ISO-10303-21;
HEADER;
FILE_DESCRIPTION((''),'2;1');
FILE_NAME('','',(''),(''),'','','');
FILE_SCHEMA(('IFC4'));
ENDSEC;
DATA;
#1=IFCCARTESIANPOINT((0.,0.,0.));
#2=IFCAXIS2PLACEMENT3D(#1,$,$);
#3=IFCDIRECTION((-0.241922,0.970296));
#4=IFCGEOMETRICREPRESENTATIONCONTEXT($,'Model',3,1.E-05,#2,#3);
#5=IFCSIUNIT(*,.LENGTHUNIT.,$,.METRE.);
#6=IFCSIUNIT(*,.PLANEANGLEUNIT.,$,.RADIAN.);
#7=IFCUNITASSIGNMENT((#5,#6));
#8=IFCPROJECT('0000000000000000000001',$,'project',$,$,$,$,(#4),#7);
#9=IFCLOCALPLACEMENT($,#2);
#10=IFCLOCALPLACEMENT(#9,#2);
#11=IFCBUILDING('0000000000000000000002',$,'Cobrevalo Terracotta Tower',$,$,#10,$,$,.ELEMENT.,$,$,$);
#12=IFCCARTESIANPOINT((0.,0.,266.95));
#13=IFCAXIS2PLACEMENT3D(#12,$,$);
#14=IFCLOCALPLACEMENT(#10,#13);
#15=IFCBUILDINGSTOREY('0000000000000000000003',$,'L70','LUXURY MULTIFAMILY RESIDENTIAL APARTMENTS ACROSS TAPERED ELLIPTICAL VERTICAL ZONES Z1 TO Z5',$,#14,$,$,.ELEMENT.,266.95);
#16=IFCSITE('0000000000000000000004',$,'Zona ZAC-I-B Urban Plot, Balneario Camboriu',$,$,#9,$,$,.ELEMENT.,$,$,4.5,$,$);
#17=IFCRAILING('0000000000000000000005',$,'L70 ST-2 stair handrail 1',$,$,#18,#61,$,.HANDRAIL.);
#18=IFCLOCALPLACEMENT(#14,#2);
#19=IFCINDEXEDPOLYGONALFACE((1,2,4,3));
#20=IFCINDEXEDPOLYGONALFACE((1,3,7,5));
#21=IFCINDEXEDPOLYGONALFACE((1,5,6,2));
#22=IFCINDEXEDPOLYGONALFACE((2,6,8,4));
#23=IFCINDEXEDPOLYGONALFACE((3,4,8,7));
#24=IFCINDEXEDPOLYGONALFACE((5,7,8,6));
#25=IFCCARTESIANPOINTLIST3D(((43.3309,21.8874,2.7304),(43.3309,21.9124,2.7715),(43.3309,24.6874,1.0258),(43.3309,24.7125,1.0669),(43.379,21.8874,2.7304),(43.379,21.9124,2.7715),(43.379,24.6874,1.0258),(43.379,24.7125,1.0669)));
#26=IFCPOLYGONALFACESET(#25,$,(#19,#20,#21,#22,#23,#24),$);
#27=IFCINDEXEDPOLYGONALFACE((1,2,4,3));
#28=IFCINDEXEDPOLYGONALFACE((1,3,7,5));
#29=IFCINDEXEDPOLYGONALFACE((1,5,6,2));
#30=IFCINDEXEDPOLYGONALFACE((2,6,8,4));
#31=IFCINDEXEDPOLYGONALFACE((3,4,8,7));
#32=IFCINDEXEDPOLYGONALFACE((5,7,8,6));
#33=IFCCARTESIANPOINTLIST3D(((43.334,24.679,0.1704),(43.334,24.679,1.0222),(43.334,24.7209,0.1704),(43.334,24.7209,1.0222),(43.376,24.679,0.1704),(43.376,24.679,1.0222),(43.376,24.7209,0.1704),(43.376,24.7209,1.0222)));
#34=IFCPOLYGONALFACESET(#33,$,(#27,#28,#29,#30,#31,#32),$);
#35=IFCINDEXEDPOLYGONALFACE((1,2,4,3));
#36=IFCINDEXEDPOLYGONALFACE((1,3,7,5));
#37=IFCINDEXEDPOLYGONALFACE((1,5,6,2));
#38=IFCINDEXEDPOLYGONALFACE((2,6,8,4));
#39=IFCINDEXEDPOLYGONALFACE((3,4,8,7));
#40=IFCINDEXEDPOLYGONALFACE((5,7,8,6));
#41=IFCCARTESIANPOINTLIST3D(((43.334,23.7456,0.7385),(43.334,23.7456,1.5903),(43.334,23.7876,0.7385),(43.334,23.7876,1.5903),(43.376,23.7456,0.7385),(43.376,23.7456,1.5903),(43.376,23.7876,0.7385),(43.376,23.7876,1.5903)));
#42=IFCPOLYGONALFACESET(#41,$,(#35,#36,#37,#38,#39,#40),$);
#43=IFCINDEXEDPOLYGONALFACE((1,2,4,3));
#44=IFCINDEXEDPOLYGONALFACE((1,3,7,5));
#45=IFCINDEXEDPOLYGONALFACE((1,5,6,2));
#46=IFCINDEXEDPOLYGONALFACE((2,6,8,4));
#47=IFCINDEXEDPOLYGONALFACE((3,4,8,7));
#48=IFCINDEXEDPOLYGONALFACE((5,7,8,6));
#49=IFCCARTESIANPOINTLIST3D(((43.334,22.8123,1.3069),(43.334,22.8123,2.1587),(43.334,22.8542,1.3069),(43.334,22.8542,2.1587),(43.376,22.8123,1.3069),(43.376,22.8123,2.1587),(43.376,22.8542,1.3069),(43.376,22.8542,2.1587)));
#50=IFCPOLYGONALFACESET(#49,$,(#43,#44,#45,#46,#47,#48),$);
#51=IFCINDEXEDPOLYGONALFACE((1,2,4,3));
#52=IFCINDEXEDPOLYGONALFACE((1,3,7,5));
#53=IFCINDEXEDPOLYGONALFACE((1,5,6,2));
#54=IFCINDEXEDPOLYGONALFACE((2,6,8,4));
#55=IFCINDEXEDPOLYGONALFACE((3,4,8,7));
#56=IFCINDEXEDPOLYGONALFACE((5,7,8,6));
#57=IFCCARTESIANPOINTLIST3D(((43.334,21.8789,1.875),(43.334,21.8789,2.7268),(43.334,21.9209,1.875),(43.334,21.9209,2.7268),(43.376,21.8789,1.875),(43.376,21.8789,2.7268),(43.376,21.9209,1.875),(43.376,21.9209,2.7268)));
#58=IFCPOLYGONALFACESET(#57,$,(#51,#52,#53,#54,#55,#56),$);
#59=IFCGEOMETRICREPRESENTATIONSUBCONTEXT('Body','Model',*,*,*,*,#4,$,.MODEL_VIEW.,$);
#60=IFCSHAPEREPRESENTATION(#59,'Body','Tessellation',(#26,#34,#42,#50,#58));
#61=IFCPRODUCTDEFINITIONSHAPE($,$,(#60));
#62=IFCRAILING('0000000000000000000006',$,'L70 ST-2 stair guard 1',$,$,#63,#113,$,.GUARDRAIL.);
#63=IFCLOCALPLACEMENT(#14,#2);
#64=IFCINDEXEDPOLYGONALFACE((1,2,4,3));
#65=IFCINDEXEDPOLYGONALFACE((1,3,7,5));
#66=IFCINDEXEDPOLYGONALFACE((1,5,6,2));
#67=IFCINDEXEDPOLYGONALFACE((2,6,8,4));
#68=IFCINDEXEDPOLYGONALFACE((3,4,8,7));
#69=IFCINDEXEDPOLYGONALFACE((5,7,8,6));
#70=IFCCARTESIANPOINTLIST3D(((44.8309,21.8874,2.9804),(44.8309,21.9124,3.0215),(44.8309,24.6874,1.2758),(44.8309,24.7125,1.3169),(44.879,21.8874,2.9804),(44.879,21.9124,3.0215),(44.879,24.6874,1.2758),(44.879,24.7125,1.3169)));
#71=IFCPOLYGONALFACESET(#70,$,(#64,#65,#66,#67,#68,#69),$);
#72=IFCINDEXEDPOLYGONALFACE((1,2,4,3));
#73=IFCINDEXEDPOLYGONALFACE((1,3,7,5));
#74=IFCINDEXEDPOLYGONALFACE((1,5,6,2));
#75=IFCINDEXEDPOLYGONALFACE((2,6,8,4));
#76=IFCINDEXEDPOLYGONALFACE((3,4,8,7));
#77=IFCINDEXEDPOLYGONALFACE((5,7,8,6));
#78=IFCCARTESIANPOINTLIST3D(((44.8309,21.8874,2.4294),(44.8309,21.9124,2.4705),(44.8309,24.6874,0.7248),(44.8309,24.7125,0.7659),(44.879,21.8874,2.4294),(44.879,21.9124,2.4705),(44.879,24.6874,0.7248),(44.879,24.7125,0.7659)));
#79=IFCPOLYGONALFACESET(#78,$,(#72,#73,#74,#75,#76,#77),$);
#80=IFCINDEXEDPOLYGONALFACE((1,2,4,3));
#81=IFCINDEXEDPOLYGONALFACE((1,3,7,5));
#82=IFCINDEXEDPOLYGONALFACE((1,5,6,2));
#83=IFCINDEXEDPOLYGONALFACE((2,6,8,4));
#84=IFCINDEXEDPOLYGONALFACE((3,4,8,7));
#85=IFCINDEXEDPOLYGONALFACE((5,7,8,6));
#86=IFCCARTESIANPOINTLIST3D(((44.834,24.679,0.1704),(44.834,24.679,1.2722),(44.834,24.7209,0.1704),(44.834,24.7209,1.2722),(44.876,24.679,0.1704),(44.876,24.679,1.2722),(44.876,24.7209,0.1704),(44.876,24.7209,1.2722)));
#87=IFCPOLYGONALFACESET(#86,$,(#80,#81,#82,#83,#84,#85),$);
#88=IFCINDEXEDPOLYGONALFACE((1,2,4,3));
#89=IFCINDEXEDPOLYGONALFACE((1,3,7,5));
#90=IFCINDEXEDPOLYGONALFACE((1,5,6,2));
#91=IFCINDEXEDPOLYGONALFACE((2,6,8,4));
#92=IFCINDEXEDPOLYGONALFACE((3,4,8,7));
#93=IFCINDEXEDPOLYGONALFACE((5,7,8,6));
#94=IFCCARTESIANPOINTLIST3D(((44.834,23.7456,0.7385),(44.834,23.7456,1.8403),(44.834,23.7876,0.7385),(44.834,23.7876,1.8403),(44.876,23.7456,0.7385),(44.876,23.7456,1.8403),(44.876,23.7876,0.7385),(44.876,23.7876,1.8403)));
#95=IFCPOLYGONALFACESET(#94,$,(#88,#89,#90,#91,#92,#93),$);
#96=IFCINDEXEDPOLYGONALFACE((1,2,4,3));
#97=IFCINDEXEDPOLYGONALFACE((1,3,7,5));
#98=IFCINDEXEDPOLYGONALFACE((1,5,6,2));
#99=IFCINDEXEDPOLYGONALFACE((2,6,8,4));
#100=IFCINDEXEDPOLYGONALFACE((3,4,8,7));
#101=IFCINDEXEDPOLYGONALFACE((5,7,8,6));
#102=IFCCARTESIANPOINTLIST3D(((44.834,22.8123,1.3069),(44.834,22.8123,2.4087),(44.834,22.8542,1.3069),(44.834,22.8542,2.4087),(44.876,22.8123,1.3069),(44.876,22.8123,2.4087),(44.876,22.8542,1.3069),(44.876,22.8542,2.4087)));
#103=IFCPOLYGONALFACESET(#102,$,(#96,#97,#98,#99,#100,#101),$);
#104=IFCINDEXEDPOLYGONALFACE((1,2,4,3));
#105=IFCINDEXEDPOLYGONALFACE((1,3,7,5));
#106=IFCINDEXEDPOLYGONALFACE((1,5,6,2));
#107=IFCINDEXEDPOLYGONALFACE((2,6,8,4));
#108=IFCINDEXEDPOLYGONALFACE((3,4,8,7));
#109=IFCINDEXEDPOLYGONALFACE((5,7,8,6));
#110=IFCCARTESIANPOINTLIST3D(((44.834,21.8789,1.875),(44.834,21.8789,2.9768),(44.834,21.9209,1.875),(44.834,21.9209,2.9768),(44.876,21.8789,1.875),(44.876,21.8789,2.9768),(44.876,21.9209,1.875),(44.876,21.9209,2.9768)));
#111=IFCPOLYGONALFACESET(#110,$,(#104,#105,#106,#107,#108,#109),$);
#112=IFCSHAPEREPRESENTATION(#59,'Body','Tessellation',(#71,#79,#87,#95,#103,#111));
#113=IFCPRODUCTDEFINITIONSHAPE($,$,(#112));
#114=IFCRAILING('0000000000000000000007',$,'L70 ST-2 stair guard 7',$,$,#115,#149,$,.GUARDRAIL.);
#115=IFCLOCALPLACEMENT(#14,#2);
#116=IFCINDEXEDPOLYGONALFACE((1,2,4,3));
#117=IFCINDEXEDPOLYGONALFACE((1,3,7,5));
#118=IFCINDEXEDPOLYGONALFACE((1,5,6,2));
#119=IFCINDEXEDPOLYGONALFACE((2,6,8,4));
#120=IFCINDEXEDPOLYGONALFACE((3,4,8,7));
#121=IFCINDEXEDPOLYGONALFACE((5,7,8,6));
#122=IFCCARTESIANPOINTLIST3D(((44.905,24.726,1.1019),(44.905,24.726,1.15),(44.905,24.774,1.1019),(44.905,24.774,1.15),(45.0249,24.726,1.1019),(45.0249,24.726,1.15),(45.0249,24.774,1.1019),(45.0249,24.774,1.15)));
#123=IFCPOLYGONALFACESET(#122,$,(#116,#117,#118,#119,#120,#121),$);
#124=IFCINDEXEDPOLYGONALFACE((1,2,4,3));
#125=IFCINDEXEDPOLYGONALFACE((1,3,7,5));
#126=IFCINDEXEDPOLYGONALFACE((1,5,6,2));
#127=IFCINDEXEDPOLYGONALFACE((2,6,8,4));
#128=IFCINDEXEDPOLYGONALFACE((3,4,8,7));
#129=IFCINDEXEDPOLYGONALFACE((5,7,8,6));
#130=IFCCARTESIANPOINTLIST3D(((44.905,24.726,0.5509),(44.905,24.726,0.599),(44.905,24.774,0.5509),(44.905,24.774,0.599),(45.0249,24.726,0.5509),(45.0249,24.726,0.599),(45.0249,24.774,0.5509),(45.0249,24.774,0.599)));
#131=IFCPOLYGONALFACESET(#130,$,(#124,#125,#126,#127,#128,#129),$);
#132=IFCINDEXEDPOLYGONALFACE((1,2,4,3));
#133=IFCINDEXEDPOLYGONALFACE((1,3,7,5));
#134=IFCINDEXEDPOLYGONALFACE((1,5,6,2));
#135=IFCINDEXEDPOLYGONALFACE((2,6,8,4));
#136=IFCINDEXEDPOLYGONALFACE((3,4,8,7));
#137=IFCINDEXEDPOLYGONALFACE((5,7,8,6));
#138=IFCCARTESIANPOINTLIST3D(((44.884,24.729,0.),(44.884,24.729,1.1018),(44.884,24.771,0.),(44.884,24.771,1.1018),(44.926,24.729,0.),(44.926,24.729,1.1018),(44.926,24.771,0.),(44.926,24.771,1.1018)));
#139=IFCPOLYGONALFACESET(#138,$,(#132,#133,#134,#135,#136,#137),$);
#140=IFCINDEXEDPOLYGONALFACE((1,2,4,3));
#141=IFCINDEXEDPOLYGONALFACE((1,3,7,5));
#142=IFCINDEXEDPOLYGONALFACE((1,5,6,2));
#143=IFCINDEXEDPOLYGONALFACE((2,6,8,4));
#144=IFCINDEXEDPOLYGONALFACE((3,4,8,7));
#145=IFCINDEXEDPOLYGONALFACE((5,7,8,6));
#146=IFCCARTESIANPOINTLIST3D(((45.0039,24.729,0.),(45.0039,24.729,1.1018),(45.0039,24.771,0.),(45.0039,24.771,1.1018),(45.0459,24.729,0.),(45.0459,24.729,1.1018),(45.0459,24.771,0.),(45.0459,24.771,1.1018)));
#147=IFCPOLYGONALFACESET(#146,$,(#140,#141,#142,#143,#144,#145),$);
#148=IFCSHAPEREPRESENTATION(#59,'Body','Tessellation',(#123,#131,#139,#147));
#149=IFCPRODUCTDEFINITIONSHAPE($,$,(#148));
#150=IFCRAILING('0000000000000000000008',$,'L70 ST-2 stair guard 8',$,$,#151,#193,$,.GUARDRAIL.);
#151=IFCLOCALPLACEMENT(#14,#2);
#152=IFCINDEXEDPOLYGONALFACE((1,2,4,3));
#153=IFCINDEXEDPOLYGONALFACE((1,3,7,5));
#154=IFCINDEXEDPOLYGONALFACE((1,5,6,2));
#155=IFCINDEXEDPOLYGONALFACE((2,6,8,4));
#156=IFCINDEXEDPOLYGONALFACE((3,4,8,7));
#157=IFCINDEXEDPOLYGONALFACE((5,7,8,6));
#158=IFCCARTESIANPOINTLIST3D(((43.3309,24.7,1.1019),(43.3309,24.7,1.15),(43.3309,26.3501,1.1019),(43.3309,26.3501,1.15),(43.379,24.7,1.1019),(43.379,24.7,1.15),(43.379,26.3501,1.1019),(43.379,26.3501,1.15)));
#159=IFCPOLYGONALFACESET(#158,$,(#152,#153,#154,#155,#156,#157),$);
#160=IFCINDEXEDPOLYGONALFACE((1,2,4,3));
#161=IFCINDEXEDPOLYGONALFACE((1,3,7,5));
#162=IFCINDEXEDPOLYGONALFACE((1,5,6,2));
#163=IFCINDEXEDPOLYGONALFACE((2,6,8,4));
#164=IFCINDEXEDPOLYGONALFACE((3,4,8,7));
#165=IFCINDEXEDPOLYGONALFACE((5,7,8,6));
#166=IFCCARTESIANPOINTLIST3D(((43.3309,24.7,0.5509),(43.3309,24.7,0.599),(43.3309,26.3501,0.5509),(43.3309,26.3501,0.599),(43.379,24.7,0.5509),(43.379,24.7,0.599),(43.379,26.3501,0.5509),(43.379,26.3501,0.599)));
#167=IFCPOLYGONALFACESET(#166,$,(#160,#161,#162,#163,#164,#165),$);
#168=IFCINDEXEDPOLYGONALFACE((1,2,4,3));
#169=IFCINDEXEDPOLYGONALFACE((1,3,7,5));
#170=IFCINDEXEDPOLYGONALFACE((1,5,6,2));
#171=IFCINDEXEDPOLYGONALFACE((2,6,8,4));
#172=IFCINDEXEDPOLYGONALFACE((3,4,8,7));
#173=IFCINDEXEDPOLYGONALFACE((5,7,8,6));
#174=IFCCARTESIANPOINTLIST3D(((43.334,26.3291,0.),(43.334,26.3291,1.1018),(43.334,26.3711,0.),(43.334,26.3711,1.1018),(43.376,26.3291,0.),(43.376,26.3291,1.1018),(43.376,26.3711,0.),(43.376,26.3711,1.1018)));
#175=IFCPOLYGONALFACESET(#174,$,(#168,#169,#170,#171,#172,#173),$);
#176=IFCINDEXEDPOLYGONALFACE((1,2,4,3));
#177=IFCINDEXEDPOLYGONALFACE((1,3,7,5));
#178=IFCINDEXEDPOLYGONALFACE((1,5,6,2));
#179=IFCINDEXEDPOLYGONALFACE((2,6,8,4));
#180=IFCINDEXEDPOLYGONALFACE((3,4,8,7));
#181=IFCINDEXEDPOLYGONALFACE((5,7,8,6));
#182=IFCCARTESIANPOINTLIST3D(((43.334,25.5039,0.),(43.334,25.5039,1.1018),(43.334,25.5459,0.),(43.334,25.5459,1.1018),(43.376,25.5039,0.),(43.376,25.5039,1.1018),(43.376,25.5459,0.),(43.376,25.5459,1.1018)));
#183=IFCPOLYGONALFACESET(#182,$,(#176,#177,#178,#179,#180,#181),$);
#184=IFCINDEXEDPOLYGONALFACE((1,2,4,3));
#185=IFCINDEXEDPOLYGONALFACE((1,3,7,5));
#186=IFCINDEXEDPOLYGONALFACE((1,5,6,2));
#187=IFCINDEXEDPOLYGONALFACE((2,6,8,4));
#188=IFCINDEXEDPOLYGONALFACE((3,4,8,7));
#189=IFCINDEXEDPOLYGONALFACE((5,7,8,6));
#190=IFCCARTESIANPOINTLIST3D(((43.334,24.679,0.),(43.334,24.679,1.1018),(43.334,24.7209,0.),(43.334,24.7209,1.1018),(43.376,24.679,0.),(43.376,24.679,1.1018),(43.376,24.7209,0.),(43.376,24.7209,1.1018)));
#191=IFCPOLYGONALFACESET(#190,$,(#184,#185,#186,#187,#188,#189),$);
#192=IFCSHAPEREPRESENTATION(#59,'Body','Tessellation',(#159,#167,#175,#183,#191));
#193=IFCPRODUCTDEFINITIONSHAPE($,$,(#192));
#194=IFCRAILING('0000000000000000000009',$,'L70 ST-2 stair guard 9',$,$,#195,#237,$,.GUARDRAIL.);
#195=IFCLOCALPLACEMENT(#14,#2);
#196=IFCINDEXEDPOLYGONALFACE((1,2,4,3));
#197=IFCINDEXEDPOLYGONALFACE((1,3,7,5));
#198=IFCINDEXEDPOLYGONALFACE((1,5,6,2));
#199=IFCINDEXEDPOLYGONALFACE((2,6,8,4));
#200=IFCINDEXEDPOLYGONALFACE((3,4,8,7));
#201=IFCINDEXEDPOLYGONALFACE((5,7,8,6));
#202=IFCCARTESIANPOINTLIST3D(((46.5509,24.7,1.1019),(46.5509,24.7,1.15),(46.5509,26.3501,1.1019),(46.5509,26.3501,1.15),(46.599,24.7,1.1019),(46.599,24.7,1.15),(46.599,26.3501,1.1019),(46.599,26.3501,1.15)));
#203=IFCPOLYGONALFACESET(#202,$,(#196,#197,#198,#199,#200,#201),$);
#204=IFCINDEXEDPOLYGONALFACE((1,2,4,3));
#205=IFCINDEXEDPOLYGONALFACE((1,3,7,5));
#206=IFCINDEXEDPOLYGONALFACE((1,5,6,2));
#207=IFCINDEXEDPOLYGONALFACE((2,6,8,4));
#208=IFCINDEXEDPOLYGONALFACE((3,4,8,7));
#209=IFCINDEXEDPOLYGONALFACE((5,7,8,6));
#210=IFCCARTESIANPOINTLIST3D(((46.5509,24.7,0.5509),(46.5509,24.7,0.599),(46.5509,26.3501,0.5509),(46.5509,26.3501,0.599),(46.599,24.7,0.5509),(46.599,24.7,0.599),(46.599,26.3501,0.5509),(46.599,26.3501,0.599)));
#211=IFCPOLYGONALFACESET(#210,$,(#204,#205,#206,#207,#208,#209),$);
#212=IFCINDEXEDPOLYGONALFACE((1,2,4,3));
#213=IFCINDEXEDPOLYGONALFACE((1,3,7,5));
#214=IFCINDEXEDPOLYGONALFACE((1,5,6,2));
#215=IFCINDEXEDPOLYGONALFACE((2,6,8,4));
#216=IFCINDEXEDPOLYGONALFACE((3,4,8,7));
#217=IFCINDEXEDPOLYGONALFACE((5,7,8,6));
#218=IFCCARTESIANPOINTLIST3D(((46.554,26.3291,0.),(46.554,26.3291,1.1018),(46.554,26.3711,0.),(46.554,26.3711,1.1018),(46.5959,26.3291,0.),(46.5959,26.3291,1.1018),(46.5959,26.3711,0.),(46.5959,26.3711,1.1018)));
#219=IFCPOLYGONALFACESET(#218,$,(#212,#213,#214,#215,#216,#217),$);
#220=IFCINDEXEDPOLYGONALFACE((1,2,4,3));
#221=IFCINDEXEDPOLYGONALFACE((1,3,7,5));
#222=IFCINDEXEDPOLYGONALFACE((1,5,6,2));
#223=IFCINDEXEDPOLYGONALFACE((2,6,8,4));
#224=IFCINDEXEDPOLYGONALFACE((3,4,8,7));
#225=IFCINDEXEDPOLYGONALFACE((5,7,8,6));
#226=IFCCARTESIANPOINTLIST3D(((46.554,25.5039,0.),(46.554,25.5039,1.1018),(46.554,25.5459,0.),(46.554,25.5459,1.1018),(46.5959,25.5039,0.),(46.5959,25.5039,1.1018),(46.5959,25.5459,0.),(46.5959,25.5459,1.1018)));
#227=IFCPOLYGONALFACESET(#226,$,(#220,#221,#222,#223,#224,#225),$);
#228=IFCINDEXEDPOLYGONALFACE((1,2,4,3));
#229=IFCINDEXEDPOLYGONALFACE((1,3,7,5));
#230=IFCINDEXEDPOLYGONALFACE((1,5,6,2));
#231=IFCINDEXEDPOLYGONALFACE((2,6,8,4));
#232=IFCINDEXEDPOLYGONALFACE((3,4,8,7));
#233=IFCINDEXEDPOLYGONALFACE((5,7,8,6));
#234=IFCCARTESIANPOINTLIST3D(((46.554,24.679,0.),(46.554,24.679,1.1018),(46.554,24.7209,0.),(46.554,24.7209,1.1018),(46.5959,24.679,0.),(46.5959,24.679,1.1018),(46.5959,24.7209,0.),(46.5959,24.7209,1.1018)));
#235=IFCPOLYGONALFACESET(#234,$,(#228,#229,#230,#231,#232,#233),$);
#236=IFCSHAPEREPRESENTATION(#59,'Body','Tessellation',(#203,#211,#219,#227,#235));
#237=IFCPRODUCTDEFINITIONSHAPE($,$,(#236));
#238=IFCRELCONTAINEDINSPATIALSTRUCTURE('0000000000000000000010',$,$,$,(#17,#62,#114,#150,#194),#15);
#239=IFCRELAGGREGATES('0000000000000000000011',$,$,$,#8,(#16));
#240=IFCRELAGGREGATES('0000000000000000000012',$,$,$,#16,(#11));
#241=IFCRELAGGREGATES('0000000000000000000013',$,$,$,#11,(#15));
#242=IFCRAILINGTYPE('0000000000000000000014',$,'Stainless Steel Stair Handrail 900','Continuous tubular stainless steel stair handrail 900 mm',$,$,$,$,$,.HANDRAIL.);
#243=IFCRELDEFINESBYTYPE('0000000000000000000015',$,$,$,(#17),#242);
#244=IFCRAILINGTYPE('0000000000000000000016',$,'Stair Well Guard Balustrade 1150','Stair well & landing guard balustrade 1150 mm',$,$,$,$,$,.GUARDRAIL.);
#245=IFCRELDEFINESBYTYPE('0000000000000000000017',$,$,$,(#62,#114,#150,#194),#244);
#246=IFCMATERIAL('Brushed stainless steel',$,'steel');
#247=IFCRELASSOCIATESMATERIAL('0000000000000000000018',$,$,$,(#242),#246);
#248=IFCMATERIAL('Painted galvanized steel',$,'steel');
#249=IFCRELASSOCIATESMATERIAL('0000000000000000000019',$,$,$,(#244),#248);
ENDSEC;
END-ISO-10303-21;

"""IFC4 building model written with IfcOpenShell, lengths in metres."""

from ifc_helpers import new_model, si_unit, direction, frame, origin, origin_2d, place, context, subcontext, project, spatial, rectangle, extrude, material, type_object, element, save


model = new_model("IFC4")

# Units and contexts
model_context = context("Model", 3, precision=1e-05, world=origin(), true_north=direction((-0.241922, 0.970296)))
body_context = subcontext(model_context, "Body", "Model", "MODEL_VIEW")
ifc_project = project(units=[si_unit("LENGTHUNIT", "METRE"), si_unit("PLANEANGLEUNIT", "RADIAN")], contexts=[model_context])

# Site, building, storey
site_placement = place(None, origin())
site = spatial("IfcSite", under=ifc_project, at=site_placement, Name="Zona ZAC-I-B Urban Plot, Balneario Camboriu", CompositionType="ELEMENT", RefElevation=4.5)
building_placement = place(site_placement, origin())
building = spatial("IfcBuilding", under=site, at=building_placement, Name="Cobrevalo Terracotta Tower", CompositionType="ELEMENT")
storey_placement = place(building_placement, frame((0.0, 0.0, 266.95)))
storey = spatial("IfcBuildingStorey", under=building, at=storey_placement, Name="L70", Description="LUXURY MULTIFAMILY RESIDENTIAL APARTMENTS ACROSS TAPERED ELLIPTICAL VERTICAL ZONES Z1 TO Z5", CompositionType="ELEMENT", Elevation=266.95)

# Shared definitions
ifc_material_1 = material(Name="Brushed stainless steel", Category="steel")

# Railings
railing_type_1 = type_object("IfcRailingType", Name="Stainless Steel Stair Handrail 900", Description="Continuous tubular stainless steel stair handrail 900 mm", PredefinedType="HANDRAIL", material=ifc_material_1)
railing_1_placement = place(storey_placement, frame((43.355, 24.7, 0.1704)))
element("IfcRailing", 1, at=railing_1_placement, inside=storey, type_object=railing_type_1, Name="L70 ST-2 stair handrail 1", PredefinedType="HANDRAIL", context=body_context, shape_type="SweptSolid", body=[
    extrude(rectangle(XDim=0.0481, YDim=0.0481, at=origin_2d()), frame((0.0, 0.0, 0.876), z_axis=(0.0, -0.85417, 0.519994), x_axis=(1.0, 0.0, 0.0)), (0.0, 0.0, 1.0), 3.2781),
    extrude(rectangle(XDim=0.042, YDim=0.042, at=origin_2d()), origin(), (0.0, 0.0, 1.0), 0.8518),
    extrude(rectangle(XDim=0.042, YDim=0.042, at=origin_2d()), frame((0.0, -0.9333, 0.5681)), (0.0, 0.0, 1.0), 0.8518),
    extrude(rectangle(XDim=0.042, YDim=0.042, at=origin_2d()), frame((0.0, -1.8667, 1.1365)), (0.0, 0.0, 1.0), 0.8518),
    extrude(rectangle(XDim=0.042, YDim=0.042, at=origin_2d()), frame((0.0, -2.8, 1.7046)), (0.0, 0.0, 1.0), 0.8518),
])
ifc_material_2 = material(Name="Painted galvanized steel", Category="steel")
railing_type_2 = type_object("IfcRailingType", Name="Stair Well Guard Balustrade 1150", Description="Stair well & landing guard balustrade 1150 mm", PredefinedType="GUARDRAIL", material=ifc_material_2)
railing_2_placement = place(storey_placement, frame((44.855, 24.7, 0.1704)))
element("IfcRailing", 2, at=railing_2_placement, inside=storey, type_object=railing_type_2, Name="L70 ST-2 stair guard 1", PredefinedType="GUARDRAIL", context=body_context, shape_type="SweptSolid", body=[
    extrude(rectangle(XDim=0.0481, YDim=0.0481, at=origin_2d()), frame((0.0, 0.0, 1.126), z_axis=(0.0, -0.85417, 0.519994), x_axis=(1.0, 0.0, 0.0)), (0.0, 0.0, 1.0), 3.2781),
    extrude(rectangle(XDim=0.0481, YDim=0.0481, at=origin_2d()), frame((0.0, 0.0, 0.575), z_axis=(0.0, -0.85417, 0.519994), x_axis=(1.0, 0.0, 0.0)), (0.0, 0.0, 1.0), 3.2781),
    extrude(rectangle(XDim=0.042, YDim=0.042, at=origin_2d()), origin(), (0.0, 0.0, 1.0), 1.1018),
    extrude(rectangle(XDim=0.042, YDim=0.042, at=origin_2d()), frame((0.0, -0.9333, 0.5681)), (0.0, 0.0, 1.0), 1.1018),
    extrude(rectangle(XDim=0.042, YDim=0.042, at=origin_2d()), frame((0.0, -1.8667, 1.1365)), (0.0, 0.0, 1.0), 1.1018),
    extrude(rectangle(XDim=0.042, YDim=0.042, at=origin_2d()), frame((0.0, -2.8, 1.7046)), (0.0, 0.0, 1.0), 1.1018),
])
railing_3_placement = place(storey_placement, frame((44.905, 24.75, 0.0)))
element("IfcRailing", 3, at=railing_3_placement, inside=storey, type_object=railing_type_2, Name="L70 ST-2 stair guard 7", PredefinedType="GUARDRAIL", context=body_context, shape_type="SweptSolid", body=[
    extrude(rectangle(XDim=0.0481, YDim=0.0481, at=origin_2d()), frame((0.0, 0.0, 1.126), z_axis=(1.0, 0.0, 0.0), x_axis=(0.0, 1.0, 0.0)), (0.0, 0.0, 1.0), 0.1199),
    extrude(rectangle(XDim=0.0481, YDim=0.0481, at=origin_2d()), frame((0.0, 0.0, 0.575), z_axis=(1.0, 0.0, 0.0), x_axis=(0.0, 1.0, 0.0)), (0.0, 0.0, 1.0), 0.1199),
    extrude(rectangle(XDim=0.042, YDim=0.042, at=origin_2d()), origin(), (0.0, 0.0, 1.0), 1.1018),
    extrude(rectangle(XDim=0.042, YDim=0.042, at=origin_2d()), frame((0.1199, 0.0, 0.0)), (0.0, 0.0, 1.0), 1.1018),
])
for number, where, name in (
    (4, (43.355, 26.3501, 0.0), "L70 ST-2 stair guard 8"),
    (5, (46.575, 26.3501, 0.0), "L70 ST-2 stair guard 9"),
):
    element("IfcRailing", number, at=place(storey_placement, frame(where)), inside=storey, type_object=railing_type_2, Name=name, PredefinedType="GUARDRAIL", context=body_context, shape_type="SweptSolid", body=[
        extrude(rectangle(XDim=0.0481, YDim=0.0481, at=origin_2d()), frame((0.0, 0.0, 1.126), z_axis=(0.0, -1.0, 0.0), x_axis=(1.0, 0.0, 0.0)), (0.0, 0.0, 1.0), 1.6501),
        extrude(rectangle(XDim=0.0481, YDim=0.0481, at=origin_2d()), frame((0.0, 0.0, 0.575), z_axis=(0.0, -1.0, 0.0), x_axis=(1.0, 0.0, 0.0)), (0.0, 0.0, 1.0), 1.6501),
        extrude(rectangle(XDim=0.042, YDim=0.042, at=origin_2d()), origin(), (0.0, 0.0, 1.0), 1.1018),
        extrude(rectangle(XDim=0.042, YDim=0.042, at=origin_2d()), frame((0.0, -0.8252, 0.0)), (0.0, 0.0, 1.0), 1.1018),
        extrude(rectangle(XDim=0.042, YDim=0.042, at=origin_2d()), frame((0.0, -1.6501, 0.0)), (0.0, 0.0, 1.0), 1.1018),
    ])

save(model, "model.ifc")
